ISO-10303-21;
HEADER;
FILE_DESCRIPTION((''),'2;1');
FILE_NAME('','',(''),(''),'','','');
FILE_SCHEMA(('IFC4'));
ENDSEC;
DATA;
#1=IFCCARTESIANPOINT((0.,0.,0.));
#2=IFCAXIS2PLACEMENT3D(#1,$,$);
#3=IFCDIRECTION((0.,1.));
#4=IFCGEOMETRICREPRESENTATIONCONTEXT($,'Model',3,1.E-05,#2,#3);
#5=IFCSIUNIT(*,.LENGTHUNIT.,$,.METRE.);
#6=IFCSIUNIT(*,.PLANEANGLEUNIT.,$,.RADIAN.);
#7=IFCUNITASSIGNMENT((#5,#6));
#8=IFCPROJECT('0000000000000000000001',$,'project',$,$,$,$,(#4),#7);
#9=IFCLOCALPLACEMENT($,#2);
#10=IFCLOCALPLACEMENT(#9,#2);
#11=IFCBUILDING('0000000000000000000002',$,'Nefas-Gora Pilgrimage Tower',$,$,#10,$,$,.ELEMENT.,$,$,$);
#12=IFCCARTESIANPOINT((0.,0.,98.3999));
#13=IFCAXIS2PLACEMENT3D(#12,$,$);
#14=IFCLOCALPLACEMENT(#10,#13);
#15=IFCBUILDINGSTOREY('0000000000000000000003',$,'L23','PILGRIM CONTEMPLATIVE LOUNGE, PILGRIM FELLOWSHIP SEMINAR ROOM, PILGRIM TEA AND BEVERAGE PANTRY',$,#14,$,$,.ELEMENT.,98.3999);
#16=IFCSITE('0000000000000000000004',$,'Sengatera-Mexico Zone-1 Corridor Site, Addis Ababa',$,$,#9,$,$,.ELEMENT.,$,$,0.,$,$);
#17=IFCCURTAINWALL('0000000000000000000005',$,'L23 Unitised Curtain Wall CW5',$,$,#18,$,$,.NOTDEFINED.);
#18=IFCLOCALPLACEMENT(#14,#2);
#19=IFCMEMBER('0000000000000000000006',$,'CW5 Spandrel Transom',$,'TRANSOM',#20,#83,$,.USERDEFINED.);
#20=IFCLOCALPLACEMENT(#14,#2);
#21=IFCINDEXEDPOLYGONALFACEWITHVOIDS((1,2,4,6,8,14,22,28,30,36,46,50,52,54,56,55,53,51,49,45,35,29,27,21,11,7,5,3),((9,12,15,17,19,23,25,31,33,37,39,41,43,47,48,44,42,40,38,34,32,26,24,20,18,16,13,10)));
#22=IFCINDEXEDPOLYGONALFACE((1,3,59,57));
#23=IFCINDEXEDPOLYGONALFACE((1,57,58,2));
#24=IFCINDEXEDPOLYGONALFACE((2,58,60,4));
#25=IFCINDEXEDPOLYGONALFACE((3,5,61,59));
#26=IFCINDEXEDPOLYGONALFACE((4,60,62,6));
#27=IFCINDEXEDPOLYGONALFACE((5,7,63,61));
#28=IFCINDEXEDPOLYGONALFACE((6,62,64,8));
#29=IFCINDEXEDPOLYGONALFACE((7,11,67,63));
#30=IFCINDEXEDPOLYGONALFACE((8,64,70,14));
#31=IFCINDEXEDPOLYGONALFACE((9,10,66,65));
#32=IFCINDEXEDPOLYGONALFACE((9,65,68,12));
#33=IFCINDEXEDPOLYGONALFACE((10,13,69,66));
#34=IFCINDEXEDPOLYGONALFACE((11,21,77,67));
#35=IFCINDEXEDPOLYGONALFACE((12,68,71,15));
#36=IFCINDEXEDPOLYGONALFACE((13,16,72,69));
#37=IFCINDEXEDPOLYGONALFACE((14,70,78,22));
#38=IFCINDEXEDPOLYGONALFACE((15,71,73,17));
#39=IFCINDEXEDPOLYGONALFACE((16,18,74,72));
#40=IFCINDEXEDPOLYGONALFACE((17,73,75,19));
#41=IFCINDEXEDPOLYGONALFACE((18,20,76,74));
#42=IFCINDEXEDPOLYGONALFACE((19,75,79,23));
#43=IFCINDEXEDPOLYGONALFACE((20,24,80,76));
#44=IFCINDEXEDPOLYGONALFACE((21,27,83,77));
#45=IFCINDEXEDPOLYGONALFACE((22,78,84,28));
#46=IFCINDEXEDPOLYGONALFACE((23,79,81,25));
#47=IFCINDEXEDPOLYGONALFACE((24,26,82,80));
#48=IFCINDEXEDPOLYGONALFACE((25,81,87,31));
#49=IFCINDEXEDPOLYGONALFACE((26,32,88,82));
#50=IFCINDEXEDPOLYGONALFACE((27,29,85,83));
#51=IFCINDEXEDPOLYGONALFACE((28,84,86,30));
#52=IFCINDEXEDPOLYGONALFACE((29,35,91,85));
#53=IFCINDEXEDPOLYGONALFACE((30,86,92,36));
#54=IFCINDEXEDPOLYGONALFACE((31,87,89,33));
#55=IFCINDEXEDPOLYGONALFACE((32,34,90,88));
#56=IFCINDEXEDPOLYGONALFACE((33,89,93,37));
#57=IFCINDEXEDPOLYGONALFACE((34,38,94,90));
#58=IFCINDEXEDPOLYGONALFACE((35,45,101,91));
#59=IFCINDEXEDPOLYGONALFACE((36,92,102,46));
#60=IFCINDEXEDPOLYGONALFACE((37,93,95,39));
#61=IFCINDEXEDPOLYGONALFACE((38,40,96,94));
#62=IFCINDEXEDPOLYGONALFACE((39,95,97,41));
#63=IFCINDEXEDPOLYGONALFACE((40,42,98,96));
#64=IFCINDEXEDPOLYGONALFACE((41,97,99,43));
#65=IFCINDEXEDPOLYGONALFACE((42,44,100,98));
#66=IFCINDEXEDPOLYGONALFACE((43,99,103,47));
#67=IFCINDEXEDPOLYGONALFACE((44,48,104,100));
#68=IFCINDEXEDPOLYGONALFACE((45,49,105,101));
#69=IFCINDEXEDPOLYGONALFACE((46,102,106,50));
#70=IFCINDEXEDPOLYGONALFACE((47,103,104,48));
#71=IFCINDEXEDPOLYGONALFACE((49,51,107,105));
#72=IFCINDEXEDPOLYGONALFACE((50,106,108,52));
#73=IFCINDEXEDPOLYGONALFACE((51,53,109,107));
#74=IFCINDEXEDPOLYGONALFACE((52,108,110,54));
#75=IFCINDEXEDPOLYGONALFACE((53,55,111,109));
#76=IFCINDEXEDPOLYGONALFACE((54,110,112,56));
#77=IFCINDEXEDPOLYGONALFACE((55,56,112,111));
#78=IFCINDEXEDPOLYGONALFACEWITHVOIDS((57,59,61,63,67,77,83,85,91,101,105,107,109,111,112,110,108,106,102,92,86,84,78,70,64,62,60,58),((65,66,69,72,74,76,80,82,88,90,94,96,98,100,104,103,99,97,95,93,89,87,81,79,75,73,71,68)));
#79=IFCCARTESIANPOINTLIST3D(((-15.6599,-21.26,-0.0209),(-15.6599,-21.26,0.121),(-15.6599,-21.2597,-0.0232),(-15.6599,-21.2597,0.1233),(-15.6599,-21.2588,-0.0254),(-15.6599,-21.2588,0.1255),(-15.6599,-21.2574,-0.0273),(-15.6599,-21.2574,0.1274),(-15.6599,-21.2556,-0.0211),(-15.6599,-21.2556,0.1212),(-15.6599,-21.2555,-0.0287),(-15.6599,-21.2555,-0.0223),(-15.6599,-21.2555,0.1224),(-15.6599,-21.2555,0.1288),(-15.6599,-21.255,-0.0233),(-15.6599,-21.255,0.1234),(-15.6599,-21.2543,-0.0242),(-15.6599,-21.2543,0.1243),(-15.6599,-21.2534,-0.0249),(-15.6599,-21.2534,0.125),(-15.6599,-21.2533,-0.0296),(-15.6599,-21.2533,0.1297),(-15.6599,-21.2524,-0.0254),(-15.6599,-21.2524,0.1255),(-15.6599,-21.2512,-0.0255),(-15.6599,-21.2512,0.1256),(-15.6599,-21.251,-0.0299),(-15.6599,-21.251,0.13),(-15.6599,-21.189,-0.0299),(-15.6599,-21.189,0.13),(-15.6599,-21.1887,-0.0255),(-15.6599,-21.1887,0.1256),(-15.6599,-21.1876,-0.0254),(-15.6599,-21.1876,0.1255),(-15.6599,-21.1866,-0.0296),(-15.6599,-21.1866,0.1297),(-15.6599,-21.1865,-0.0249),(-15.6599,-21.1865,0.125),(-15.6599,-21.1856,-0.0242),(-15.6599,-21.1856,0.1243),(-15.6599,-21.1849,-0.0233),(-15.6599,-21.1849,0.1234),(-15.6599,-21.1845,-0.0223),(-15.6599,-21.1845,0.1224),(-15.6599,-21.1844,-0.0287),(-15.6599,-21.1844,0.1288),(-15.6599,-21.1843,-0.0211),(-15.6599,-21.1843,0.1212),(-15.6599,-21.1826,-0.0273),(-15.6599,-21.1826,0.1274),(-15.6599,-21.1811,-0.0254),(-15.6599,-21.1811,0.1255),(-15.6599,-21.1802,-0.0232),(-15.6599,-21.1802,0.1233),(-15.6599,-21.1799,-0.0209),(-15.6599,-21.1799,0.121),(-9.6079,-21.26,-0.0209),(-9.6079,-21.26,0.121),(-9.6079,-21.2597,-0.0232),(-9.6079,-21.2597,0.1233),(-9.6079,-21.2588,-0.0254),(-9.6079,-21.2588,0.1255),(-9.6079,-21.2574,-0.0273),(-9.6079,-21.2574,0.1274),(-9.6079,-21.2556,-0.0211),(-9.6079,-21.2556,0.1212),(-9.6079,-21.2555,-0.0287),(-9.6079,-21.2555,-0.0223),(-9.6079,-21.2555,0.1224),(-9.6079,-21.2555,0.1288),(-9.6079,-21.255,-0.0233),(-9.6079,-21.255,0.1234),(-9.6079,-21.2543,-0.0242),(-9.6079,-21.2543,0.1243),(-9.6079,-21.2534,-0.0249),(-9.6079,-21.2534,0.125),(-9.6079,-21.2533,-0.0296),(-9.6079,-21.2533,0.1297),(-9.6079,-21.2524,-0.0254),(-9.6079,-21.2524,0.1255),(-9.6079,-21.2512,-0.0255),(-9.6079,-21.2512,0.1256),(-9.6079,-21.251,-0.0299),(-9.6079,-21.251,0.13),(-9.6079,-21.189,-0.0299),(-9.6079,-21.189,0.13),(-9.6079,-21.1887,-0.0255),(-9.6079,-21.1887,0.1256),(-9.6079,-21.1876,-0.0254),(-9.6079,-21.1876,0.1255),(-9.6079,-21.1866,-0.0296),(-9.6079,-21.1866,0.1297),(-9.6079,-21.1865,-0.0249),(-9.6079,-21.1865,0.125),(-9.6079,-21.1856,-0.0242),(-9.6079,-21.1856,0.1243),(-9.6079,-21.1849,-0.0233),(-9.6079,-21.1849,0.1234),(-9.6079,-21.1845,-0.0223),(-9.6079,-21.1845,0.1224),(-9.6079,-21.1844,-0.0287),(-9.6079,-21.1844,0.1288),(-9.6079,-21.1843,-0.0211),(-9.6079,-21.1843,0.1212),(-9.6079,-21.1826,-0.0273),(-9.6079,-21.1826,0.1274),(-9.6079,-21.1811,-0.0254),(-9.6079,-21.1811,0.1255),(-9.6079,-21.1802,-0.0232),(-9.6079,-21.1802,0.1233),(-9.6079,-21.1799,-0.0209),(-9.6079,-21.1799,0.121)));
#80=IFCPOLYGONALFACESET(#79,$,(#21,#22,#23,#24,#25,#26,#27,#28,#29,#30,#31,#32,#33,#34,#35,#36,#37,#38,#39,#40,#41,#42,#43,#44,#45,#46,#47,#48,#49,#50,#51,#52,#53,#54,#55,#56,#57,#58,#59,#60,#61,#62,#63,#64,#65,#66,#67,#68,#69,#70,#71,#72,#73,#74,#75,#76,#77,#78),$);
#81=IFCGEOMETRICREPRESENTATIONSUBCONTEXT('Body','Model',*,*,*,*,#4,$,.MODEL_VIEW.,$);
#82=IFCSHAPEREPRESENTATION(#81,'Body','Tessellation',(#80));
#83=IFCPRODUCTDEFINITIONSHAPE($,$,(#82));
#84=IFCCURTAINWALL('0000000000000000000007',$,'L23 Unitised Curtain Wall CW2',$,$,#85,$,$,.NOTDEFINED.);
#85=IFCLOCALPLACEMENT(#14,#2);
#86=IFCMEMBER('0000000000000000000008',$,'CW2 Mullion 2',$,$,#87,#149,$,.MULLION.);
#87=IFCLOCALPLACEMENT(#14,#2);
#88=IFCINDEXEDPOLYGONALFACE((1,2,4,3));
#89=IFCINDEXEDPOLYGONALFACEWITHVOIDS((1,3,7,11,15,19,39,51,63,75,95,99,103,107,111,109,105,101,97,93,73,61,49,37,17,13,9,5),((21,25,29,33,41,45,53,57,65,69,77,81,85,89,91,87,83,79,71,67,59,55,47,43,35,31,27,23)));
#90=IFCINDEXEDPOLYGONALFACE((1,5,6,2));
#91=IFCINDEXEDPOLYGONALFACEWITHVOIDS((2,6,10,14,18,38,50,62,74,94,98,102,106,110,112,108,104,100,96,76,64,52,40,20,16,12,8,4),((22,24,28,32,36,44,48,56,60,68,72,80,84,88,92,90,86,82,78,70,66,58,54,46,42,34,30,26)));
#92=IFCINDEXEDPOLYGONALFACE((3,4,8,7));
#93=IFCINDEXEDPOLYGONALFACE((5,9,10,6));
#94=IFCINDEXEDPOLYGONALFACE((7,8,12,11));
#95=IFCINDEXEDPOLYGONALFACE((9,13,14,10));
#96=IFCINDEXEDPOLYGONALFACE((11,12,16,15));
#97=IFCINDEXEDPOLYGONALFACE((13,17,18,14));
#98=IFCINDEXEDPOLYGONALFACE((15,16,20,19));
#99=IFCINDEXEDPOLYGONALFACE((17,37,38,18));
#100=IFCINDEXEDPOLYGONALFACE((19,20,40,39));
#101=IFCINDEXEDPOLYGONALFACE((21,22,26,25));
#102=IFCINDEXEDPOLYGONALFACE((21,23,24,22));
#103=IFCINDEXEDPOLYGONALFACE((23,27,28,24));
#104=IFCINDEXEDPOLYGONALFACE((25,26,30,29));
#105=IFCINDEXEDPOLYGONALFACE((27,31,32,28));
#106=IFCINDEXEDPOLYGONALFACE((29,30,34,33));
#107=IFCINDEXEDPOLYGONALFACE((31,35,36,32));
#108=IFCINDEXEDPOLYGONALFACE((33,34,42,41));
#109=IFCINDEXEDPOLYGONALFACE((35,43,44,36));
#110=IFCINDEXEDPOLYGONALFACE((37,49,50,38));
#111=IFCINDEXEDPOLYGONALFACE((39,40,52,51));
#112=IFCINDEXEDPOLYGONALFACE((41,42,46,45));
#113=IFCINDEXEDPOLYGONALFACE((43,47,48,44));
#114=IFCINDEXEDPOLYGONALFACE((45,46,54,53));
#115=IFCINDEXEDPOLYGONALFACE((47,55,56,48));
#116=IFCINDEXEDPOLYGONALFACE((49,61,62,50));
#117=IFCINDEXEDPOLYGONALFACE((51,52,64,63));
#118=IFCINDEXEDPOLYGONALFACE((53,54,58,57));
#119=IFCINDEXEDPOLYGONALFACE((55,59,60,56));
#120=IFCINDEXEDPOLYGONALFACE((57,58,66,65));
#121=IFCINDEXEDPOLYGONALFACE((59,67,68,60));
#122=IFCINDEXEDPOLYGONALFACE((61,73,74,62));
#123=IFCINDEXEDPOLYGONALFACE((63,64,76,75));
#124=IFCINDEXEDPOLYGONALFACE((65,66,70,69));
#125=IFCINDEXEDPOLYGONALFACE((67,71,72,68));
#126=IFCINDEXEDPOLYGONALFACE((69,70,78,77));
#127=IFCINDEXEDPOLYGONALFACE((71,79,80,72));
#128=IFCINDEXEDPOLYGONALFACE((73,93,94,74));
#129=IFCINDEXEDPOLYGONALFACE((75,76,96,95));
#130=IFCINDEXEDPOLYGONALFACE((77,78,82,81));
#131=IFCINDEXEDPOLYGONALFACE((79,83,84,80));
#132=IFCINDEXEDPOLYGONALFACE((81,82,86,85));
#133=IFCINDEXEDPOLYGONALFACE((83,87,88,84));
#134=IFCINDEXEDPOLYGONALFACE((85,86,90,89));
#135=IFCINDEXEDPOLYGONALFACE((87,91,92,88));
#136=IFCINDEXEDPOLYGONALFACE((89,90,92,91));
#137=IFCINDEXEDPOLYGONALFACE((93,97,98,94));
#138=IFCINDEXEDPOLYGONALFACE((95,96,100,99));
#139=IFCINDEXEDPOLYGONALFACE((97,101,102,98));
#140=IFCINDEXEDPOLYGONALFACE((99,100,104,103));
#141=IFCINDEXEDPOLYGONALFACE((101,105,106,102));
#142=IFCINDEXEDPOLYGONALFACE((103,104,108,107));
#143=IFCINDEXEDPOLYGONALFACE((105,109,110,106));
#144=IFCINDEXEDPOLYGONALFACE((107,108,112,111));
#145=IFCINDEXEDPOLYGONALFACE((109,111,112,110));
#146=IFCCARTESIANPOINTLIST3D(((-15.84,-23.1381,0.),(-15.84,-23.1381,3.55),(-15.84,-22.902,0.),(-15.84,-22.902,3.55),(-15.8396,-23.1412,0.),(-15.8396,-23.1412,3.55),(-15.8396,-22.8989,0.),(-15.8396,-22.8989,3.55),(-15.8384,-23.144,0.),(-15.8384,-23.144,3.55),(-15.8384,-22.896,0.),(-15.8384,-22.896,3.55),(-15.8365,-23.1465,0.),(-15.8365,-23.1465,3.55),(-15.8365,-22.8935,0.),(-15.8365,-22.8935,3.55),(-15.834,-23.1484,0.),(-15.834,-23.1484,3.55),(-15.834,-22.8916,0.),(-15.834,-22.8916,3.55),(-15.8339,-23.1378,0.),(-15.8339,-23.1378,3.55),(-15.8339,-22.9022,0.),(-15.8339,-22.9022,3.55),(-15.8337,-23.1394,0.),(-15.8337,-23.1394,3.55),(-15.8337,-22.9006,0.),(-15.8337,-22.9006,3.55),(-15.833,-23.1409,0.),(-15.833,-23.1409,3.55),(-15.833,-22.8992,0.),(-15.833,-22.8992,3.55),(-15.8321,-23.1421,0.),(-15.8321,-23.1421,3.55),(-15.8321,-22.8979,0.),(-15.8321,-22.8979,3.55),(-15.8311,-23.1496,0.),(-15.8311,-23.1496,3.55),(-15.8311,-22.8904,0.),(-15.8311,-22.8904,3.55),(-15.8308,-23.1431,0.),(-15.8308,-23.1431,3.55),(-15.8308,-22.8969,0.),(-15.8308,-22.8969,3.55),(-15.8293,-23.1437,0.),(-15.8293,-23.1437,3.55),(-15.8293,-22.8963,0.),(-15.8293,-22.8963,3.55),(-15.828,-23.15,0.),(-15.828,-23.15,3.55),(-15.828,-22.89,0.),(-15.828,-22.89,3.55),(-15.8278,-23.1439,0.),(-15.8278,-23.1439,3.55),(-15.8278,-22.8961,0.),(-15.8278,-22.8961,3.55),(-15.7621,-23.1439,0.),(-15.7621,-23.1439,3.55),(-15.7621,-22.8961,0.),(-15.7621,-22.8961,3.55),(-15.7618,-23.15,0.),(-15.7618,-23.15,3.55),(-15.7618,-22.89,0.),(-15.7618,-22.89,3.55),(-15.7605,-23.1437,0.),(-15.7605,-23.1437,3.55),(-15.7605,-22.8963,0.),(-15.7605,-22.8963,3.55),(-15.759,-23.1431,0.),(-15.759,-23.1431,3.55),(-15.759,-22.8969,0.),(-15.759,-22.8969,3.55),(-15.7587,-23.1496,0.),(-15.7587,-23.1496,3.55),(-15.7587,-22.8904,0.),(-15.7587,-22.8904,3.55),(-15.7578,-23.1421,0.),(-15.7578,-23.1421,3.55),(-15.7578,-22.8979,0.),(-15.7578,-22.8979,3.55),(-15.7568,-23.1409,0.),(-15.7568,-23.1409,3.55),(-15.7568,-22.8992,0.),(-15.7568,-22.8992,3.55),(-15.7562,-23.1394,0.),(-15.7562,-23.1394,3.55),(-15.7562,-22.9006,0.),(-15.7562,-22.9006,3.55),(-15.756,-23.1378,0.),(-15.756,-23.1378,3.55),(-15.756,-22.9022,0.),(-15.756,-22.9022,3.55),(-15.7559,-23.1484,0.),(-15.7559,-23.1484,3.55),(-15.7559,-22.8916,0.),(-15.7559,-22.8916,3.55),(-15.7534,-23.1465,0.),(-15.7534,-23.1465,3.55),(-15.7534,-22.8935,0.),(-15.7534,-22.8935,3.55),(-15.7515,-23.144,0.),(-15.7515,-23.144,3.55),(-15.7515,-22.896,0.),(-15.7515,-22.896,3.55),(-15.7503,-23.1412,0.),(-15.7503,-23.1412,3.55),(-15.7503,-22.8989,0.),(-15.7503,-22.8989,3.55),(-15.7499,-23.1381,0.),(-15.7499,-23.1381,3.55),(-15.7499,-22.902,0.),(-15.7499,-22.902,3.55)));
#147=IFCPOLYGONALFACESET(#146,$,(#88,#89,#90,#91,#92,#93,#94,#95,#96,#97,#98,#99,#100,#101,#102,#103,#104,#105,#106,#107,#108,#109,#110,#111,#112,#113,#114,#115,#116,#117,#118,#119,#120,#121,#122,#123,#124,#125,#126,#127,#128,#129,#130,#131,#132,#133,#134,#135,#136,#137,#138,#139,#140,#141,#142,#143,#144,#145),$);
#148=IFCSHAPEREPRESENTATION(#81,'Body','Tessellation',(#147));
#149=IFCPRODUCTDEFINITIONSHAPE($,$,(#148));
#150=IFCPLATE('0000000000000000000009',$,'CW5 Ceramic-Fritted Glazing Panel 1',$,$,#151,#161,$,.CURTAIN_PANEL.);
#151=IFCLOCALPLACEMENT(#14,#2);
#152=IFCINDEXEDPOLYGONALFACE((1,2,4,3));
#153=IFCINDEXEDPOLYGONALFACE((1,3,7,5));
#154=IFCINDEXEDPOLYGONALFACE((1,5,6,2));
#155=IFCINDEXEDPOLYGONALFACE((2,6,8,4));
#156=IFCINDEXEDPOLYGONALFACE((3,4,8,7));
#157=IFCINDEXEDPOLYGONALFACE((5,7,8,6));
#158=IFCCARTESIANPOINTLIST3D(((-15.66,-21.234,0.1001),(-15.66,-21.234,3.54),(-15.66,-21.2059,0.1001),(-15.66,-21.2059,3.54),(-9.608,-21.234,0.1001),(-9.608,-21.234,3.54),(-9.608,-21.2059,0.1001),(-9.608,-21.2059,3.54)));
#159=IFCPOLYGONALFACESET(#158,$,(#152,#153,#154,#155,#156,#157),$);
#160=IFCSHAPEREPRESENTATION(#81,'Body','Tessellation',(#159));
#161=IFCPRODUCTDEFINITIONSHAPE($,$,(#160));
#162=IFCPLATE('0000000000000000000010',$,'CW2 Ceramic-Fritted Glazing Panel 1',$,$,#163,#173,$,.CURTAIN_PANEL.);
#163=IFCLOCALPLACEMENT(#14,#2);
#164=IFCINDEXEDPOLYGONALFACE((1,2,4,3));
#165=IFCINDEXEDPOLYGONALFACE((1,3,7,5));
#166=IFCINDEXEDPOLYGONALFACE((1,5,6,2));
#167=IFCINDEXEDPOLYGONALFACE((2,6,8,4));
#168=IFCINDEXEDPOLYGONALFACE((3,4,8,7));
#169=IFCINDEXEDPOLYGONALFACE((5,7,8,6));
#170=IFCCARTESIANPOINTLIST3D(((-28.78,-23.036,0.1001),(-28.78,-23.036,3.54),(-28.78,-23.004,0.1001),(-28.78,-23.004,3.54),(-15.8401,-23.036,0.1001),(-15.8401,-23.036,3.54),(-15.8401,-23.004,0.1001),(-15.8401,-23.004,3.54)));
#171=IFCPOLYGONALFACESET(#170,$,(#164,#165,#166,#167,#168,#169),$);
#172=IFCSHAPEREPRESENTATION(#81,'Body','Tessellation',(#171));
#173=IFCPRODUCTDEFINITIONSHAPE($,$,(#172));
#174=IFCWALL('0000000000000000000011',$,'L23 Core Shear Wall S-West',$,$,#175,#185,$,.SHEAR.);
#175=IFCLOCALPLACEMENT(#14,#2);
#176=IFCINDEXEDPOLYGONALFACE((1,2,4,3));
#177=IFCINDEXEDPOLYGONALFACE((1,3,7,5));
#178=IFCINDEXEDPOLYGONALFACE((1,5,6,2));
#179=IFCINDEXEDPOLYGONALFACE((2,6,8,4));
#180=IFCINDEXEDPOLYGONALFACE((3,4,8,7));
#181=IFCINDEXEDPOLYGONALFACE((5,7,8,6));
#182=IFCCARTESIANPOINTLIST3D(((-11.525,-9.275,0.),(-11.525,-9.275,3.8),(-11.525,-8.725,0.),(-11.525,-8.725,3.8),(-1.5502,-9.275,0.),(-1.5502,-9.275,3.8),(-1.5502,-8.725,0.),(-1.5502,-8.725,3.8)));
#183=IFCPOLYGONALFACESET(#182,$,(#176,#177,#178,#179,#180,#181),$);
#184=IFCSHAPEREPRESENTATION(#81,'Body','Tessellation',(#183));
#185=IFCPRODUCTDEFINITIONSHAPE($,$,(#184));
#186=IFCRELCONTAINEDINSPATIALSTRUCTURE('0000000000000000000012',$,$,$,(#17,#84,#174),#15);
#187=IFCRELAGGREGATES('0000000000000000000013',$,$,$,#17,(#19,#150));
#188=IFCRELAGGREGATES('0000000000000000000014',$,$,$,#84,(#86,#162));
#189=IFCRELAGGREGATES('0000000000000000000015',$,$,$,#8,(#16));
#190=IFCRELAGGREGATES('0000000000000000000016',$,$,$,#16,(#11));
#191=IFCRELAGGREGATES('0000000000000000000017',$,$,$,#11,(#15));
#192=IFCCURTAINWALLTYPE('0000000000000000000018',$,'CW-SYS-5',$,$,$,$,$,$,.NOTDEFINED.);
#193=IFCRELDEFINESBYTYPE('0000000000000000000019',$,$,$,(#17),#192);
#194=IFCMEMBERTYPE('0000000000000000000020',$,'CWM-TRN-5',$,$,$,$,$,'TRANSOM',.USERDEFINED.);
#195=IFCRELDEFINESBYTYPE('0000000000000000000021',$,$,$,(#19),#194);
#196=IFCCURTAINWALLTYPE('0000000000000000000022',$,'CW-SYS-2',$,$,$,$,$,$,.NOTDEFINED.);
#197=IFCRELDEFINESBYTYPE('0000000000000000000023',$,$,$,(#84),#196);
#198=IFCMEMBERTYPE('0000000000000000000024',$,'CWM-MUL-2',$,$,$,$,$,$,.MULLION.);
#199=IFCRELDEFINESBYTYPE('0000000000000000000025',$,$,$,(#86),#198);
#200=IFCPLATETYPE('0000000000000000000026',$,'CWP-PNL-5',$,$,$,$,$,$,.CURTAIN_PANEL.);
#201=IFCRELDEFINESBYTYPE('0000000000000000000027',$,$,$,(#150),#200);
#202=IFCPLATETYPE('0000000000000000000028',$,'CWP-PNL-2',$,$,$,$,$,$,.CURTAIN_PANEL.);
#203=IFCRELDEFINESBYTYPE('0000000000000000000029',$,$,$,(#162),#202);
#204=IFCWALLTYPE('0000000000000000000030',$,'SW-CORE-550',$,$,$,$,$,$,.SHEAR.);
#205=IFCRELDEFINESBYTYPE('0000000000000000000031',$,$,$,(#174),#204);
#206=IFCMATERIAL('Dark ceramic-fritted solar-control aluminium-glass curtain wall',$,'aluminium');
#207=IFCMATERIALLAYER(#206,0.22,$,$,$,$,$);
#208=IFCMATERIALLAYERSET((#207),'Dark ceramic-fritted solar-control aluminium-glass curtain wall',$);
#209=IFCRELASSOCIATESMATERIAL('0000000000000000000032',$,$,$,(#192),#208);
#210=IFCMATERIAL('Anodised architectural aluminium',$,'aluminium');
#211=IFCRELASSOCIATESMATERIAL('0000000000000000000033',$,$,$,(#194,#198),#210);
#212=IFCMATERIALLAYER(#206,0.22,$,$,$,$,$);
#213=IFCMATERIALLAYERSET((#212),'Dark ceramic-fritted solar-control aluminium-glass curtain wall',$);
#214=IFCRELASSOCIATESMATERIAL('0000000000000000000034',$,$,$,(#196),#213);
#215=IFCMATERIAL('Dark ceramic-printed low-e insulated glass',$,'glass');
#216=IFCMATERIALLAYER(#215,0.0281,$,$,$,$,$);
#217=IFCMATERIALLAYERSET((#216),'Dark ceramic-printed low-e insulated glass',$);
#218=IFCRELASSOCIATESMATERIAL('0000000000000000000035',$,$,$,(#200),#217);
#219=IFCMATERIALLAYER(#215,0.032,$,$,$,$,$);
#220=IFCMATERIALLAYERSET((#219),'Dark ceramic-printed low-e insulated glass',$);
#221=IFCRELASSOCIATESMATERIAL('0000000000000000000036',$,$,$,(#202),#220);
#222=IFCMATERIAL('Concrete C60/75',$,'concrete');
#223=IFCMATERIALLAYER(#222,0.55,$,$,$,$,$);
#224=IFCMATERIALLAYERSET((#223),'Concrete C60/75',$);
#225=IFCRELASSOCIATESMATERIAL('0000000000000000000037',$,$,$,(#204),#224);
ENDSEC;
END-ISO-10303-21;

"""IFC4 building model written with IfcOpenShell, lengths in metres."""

from ifc_helpers import new_model, si_unit, direction, frame, frame_2d, origin, origin_2d, place, context, subcontext, project, spatial, rectangle, hollow_rectangle, extrude, source, transform, mapped, material, layer, layer_set, material_profile, profile_set, type_object, element, aggregate, save


model = new_model("IFC4")

# Units and contexts
model_context = context("Model", 3, precision=1e-05, world=origin(), true_north=direction((0.0, 1.0)))
body_context = subcontext(model_context, "Body", "Model", "MODEL_VIEW")
ifc_project = project(units=[si_unit("LENGTHUNIT", "METRE"), si_unit("PLANEANGLEUNIT", "RADIAN")], contexts=[model_context])

# Site, building, storey
site_placement = place(None, origin())
site = spatial("IfcSite", under=ifc_project, at=site_placement, Name="Sengatera-Mexico Zone-1 Corridor Site, Addis Ababa", CompositionType="ELEMENT", RefElevation=0.0)
building_placement = place(site_placement, origin())
building = spatial("IfcBuilding", under=site, at=building_placement, Name="Nefas-Gora Pilgrimage Tower", CompositionType="ELEMENT")
storey_placement = place(building_placement, frame((0.0, 0.0, 98.3999)))
storey = spatial("IfcBuildingStorey", under=building, at=storey_placement, Name="L23", Description="PILGRIM CONTEMPLATIVE LOUNGE, PILGRIM FELLOWSHIP SEMINAR ROOM, PILGRIM TEA AND BEVERAGE PANTRY", CompositionType="ELEMENT", Elevation=98.3999)

# Curtain wall, member
ifc_material_1 = material(Name="Dark ceramic-fritted solar-control aluminium-glass curtain wall", Category="aluminium")
ifc_layer_1 = layer(ifc_material_1, 0.22)
ifc_layer_set_1 = layer_set([ifc_layer_1], Name="Dark ceramic-fritted solar-control aluminium-glass curtain wall")
curtain_wall_type_1 = type_object("IfcCurtainWallType", Name="CW-SYS-5", PredefinedType="NOTDEFINED", material=ifc_layer_set_1)
curtain_wall_1_placement = place(storey_placement, origin())
curtain_wall_1 = element("IfcCurtainWall", 1, at=curtain_wall_1_placement, inside=storey, type_object=curtain_wall_type_1, Name="L23 Unitised Curtain Wall CW5", PredefinedType="NOTDEFINED")
ifc_material_2 = material(Name="Anodised architectural aluminium", Category="aluminium")
ifc_material_profile_1 = material_profile(ifc_material_2, hollow_rectangle(XDim=0.0801, YDim=0.1599, WallThickness=0.0044, InnerFilletRadius=0.0044, OuterFilletRadius=0.009, at=origin_2d()), Name="ALU TRANSOM 80x160")
ifc_profile_set_1 = profile_set([ifc_material_profile_1], Name="Anodised architectural aluminium")
member_type_1 = type_object("IfcMemberType", Name="CWM-TRN-5", ElementType="TRANSOM", PredefinedType="USERDEFINED", material=ifc_profile_set_1)
shared_shape_1 = source(origin(), body_context, "Body", "SweptSolid", [
    extrude(hollow_rectangle(XDim=0.0801, YDim=0.1599, WallThickness=0.0044, InnerFilletRadius=0.0044, OuterFilletRadius=0.009, at=origin_2d()), origin(), (0.0, 0.0, 1.0), 6.052),
])
member_1_placement = place(storey_placement, frame((-15.6599, -21.22, 0.05), z_axis=(1.0, 0.0, 0.0), x_axis=(0.0, 1.0, 0.0)))
member_1 = element("IfcMember", 2, at=member_1_placement, type_object=member_type_1, Name="CW5 Spandrel Transom", ObjectType="TRANSOM", PredefinedType="USERDEFINED", context=body_context, shape_type="MappedRepresentation", body=[
    mapped(shared_shape_1, transform((0.0, 0.0, 0.0), x_axis=(1.0, 0.0, 0.0), y_axis=(0.0, 1.0, 0.0), z_axis=(0.0, 0.0, 1.0), scale=1.0)),
])

# Curtain wall, member
ifc_layer_2 = layer(ifc_material_1, 0.22)
ifc_layer_set_2 = layer_set([ifc_layer_2], Name="Dark ceramic-fritted solar-control aluminium-glass curtain wall")
curtain_wall_type_2 = type_object("IfcCurtainWallType", Name="CW-SYS-2", PredefinedType="NOTDEFINED", material=ifc_layer_set_2)
curtain_wall_2_placement = place(storey_placement, origin())
curtain_wall_2 = element("IfcCurtainWall", 3, at=curtain_wall_2_placement, inside=storey, type_object=curtain_wall_type_2, Name="L23 Unitised Curtain Wall CW2", PredefinedType="NOTDEFINED")
ifc_material_profile_2 = material_profile(ifc_material_2, hollow_rectangle(XDim=0.0901, YDim=0.26, WallThickness=0.0061, InnerFilletRadius=0.0061, OuterFilletRadius=0.012, at=origin_2d()), Name="ALU MULLION 90x260")
ifc_profile_set_2 = profile_set([ifc_material_profile_2], Name="Anodised architectural aluminium")
member_type_2 = type_object("IfcMemberType", Name="CWM-MUL-2", PredefinedType="MULLION", material=ifc_profile_set_2)
shared_shape_2 = source(origin(), body_context, "Body", "SweptSolid", [
    extrude(hollow_rectangle(XDim=0.0901, YDim=0.26, WallThickness=0.0061, InnerFilletRadius=0.0061, OuterFilletRadius=0.012, at=origin_2d()), origin(), (0.0, 0.0, 1.0), 3.55),
])
member_2_placement = place(storey_placement, frame((-15.7949, -23.02, 0.0), z_axis=(0.0, 0.0, 1.0), x_axis=(1.0, 0.0, 0.0)))
member_2 = element("IfcMember", 4, at=member_2_placement, type_object=member_type_2, Name="CW2 Mullion 2", PredefinedType="MULLION", context=body_context, shape_type="MappedRepresentation", body=[
    mapped(shared_shape_2, transform((0.0, 0.0, 0.0), x_axis=(1.0, 0.0, 0.0), y_axis=(0.0, 1.0, 0.0), z_axis=(0.0, 0.0, 1.0), scale=1.0)),
])

# Plates
ifc_material_3 = material(Name="Dark ceramic-printed low-e insulated glass", Category="glass")
ifc_layer_3 = layer(ifc_material_3, 0.0281)
ifc_layer_set_3 = layer_set([ifc_layer_3], Name="Dark ceramic-printed low-e insulated glass")
plate_type_1 = type_object("IfcPlateType", Name="CWP-PNL-5", PredefinedType="CURTAIN_PANEL", material=ifc_layer_set_3)
shared_shape_3 = source(origin(), body_context, "Body", "SweptSolid", [
    extrude(rectangle(XDim=6.052, YDim=0.0281, at=origin_2d()), origin(), (0.0, 0.0, 1.0), 3.4399),
])
plate_1_placement = place(storey_placement, frame((-12.634, -21.22, 0.1001), z_axis=(0.0, 0.0, 1.0), x_axis=(1.0, 0.0, 0.0)))
plate_1 = element("IfcPlate", 5, at=plate_1_placement, type_object=plate_type_1, Name="CW5 Ceramic-Fritted Glazing Panel 1", PredefinedType="CURTAIN_PANEL", context=body_context, shape_type="MappedRepresentation", body=[
    mapped(shared_shape_3, transform((0.0, 0.0, 0.0), x_axis=(1.0, 0.0, 0.0), y_axis=(0.0, 1.0, 0.0), z_axis=(0.0, 0.0, 1.0), scale=1.0)),
])
aggregate(curtain_wall_1, [member_1, plate_1])
ifc_layer_4 = layer(ifc_material_3, 0.032)
ifc_layer_set_4 = layer_set([ifc_layer_4], Name="Dark ceramic-printed low-e insulated glass")
plate_type_2 = type_object("IfcPlateType", Name="CWP-PNL-2", PredefinedType="CURTAIN_PANEL", material=ifc_layer_set_4)
shared_shape_4 = source(origin(), body_context, "Body", "SweptSolid", [
    extrude(rectangle(XDim=12.9399, YDim=0.032, at=origin_2d()), origin(), (0.0, 0.0, 1.0), 3.4399),
])
plate_2_placement = place(storey_placement, frame((-22.3101, -23.02, 0.1001), z_axis=(0.0, 0.0, 1.0), x_axis=(1.0, 0.0, 0.0)))
plate_2 = element("IfcPlate", 6, at=plate_2_placement, type_object=plate_type_2, Name="CW2 Ceramic-Fritted Glazing Panel 1", PredefinedType="CURTAIN_PANEL", context=body_context, shape_type="MappedRepresentation", body=[
    mapped(shared_shape_4, transform((0.0, 0.0, 0.0), x_axis=(1.0, 0.0, 0.0), y_axis=(0.0, 1.0, 0.0), z_axis=(0.0, 0.0, 1.0), scale=1.0)),
])
aggregate(curtain_wall_2, [member_2, plate_2])

# Wall
ifc_material_4 = material(Name="Concrete C60/75", Category="concrete")
ifc_layer_5 = layer(ifc_material_4, 0.55)
ifc_layer_set_5 = layer_set([ifc_layer_5], Name="Concrete C60/75")
wall_type_1 = type_object("IfcWallType", Name="SW-CORE-550", PredefinedType="SHEAR", material=ifc_layer_set_5)
shared_shape_5 = source(origin(), body_context, "Body", "SweptSolid", [
    extrude(rectangle(XDim=9.9749, YDim=0.55, at=frame_2d((4.9873, 0.0))), origin(), (0.0, 0.0, 1.0), 3.8),
])
wall_1_placement = place(storey_placement, frame((-11.5249, -9.0, 0.0), z_axis=(0.0, 0.0, 1.0), x_axis=(1.0, 0.0, 0.0)))
element("IfcWall", 7, at=wall_1_placement, inside=storey, type_object=wall_type_1, Name="L23 Core Shear Wall S-West", PredefinedType="SHEAR", context=body_context, shape_type="MappedRepresentation", body=[
    mapped(shared_shape_5, transform((0.0, 0.0, 0.0), x_axis=(1.0, 0.0, 0.0), y_axis=(0.0, 1.0, 0.0), z_axis=(0.0, 0.0, 1.0), scale=1.0)),
])

save(model, "model.ifc")
